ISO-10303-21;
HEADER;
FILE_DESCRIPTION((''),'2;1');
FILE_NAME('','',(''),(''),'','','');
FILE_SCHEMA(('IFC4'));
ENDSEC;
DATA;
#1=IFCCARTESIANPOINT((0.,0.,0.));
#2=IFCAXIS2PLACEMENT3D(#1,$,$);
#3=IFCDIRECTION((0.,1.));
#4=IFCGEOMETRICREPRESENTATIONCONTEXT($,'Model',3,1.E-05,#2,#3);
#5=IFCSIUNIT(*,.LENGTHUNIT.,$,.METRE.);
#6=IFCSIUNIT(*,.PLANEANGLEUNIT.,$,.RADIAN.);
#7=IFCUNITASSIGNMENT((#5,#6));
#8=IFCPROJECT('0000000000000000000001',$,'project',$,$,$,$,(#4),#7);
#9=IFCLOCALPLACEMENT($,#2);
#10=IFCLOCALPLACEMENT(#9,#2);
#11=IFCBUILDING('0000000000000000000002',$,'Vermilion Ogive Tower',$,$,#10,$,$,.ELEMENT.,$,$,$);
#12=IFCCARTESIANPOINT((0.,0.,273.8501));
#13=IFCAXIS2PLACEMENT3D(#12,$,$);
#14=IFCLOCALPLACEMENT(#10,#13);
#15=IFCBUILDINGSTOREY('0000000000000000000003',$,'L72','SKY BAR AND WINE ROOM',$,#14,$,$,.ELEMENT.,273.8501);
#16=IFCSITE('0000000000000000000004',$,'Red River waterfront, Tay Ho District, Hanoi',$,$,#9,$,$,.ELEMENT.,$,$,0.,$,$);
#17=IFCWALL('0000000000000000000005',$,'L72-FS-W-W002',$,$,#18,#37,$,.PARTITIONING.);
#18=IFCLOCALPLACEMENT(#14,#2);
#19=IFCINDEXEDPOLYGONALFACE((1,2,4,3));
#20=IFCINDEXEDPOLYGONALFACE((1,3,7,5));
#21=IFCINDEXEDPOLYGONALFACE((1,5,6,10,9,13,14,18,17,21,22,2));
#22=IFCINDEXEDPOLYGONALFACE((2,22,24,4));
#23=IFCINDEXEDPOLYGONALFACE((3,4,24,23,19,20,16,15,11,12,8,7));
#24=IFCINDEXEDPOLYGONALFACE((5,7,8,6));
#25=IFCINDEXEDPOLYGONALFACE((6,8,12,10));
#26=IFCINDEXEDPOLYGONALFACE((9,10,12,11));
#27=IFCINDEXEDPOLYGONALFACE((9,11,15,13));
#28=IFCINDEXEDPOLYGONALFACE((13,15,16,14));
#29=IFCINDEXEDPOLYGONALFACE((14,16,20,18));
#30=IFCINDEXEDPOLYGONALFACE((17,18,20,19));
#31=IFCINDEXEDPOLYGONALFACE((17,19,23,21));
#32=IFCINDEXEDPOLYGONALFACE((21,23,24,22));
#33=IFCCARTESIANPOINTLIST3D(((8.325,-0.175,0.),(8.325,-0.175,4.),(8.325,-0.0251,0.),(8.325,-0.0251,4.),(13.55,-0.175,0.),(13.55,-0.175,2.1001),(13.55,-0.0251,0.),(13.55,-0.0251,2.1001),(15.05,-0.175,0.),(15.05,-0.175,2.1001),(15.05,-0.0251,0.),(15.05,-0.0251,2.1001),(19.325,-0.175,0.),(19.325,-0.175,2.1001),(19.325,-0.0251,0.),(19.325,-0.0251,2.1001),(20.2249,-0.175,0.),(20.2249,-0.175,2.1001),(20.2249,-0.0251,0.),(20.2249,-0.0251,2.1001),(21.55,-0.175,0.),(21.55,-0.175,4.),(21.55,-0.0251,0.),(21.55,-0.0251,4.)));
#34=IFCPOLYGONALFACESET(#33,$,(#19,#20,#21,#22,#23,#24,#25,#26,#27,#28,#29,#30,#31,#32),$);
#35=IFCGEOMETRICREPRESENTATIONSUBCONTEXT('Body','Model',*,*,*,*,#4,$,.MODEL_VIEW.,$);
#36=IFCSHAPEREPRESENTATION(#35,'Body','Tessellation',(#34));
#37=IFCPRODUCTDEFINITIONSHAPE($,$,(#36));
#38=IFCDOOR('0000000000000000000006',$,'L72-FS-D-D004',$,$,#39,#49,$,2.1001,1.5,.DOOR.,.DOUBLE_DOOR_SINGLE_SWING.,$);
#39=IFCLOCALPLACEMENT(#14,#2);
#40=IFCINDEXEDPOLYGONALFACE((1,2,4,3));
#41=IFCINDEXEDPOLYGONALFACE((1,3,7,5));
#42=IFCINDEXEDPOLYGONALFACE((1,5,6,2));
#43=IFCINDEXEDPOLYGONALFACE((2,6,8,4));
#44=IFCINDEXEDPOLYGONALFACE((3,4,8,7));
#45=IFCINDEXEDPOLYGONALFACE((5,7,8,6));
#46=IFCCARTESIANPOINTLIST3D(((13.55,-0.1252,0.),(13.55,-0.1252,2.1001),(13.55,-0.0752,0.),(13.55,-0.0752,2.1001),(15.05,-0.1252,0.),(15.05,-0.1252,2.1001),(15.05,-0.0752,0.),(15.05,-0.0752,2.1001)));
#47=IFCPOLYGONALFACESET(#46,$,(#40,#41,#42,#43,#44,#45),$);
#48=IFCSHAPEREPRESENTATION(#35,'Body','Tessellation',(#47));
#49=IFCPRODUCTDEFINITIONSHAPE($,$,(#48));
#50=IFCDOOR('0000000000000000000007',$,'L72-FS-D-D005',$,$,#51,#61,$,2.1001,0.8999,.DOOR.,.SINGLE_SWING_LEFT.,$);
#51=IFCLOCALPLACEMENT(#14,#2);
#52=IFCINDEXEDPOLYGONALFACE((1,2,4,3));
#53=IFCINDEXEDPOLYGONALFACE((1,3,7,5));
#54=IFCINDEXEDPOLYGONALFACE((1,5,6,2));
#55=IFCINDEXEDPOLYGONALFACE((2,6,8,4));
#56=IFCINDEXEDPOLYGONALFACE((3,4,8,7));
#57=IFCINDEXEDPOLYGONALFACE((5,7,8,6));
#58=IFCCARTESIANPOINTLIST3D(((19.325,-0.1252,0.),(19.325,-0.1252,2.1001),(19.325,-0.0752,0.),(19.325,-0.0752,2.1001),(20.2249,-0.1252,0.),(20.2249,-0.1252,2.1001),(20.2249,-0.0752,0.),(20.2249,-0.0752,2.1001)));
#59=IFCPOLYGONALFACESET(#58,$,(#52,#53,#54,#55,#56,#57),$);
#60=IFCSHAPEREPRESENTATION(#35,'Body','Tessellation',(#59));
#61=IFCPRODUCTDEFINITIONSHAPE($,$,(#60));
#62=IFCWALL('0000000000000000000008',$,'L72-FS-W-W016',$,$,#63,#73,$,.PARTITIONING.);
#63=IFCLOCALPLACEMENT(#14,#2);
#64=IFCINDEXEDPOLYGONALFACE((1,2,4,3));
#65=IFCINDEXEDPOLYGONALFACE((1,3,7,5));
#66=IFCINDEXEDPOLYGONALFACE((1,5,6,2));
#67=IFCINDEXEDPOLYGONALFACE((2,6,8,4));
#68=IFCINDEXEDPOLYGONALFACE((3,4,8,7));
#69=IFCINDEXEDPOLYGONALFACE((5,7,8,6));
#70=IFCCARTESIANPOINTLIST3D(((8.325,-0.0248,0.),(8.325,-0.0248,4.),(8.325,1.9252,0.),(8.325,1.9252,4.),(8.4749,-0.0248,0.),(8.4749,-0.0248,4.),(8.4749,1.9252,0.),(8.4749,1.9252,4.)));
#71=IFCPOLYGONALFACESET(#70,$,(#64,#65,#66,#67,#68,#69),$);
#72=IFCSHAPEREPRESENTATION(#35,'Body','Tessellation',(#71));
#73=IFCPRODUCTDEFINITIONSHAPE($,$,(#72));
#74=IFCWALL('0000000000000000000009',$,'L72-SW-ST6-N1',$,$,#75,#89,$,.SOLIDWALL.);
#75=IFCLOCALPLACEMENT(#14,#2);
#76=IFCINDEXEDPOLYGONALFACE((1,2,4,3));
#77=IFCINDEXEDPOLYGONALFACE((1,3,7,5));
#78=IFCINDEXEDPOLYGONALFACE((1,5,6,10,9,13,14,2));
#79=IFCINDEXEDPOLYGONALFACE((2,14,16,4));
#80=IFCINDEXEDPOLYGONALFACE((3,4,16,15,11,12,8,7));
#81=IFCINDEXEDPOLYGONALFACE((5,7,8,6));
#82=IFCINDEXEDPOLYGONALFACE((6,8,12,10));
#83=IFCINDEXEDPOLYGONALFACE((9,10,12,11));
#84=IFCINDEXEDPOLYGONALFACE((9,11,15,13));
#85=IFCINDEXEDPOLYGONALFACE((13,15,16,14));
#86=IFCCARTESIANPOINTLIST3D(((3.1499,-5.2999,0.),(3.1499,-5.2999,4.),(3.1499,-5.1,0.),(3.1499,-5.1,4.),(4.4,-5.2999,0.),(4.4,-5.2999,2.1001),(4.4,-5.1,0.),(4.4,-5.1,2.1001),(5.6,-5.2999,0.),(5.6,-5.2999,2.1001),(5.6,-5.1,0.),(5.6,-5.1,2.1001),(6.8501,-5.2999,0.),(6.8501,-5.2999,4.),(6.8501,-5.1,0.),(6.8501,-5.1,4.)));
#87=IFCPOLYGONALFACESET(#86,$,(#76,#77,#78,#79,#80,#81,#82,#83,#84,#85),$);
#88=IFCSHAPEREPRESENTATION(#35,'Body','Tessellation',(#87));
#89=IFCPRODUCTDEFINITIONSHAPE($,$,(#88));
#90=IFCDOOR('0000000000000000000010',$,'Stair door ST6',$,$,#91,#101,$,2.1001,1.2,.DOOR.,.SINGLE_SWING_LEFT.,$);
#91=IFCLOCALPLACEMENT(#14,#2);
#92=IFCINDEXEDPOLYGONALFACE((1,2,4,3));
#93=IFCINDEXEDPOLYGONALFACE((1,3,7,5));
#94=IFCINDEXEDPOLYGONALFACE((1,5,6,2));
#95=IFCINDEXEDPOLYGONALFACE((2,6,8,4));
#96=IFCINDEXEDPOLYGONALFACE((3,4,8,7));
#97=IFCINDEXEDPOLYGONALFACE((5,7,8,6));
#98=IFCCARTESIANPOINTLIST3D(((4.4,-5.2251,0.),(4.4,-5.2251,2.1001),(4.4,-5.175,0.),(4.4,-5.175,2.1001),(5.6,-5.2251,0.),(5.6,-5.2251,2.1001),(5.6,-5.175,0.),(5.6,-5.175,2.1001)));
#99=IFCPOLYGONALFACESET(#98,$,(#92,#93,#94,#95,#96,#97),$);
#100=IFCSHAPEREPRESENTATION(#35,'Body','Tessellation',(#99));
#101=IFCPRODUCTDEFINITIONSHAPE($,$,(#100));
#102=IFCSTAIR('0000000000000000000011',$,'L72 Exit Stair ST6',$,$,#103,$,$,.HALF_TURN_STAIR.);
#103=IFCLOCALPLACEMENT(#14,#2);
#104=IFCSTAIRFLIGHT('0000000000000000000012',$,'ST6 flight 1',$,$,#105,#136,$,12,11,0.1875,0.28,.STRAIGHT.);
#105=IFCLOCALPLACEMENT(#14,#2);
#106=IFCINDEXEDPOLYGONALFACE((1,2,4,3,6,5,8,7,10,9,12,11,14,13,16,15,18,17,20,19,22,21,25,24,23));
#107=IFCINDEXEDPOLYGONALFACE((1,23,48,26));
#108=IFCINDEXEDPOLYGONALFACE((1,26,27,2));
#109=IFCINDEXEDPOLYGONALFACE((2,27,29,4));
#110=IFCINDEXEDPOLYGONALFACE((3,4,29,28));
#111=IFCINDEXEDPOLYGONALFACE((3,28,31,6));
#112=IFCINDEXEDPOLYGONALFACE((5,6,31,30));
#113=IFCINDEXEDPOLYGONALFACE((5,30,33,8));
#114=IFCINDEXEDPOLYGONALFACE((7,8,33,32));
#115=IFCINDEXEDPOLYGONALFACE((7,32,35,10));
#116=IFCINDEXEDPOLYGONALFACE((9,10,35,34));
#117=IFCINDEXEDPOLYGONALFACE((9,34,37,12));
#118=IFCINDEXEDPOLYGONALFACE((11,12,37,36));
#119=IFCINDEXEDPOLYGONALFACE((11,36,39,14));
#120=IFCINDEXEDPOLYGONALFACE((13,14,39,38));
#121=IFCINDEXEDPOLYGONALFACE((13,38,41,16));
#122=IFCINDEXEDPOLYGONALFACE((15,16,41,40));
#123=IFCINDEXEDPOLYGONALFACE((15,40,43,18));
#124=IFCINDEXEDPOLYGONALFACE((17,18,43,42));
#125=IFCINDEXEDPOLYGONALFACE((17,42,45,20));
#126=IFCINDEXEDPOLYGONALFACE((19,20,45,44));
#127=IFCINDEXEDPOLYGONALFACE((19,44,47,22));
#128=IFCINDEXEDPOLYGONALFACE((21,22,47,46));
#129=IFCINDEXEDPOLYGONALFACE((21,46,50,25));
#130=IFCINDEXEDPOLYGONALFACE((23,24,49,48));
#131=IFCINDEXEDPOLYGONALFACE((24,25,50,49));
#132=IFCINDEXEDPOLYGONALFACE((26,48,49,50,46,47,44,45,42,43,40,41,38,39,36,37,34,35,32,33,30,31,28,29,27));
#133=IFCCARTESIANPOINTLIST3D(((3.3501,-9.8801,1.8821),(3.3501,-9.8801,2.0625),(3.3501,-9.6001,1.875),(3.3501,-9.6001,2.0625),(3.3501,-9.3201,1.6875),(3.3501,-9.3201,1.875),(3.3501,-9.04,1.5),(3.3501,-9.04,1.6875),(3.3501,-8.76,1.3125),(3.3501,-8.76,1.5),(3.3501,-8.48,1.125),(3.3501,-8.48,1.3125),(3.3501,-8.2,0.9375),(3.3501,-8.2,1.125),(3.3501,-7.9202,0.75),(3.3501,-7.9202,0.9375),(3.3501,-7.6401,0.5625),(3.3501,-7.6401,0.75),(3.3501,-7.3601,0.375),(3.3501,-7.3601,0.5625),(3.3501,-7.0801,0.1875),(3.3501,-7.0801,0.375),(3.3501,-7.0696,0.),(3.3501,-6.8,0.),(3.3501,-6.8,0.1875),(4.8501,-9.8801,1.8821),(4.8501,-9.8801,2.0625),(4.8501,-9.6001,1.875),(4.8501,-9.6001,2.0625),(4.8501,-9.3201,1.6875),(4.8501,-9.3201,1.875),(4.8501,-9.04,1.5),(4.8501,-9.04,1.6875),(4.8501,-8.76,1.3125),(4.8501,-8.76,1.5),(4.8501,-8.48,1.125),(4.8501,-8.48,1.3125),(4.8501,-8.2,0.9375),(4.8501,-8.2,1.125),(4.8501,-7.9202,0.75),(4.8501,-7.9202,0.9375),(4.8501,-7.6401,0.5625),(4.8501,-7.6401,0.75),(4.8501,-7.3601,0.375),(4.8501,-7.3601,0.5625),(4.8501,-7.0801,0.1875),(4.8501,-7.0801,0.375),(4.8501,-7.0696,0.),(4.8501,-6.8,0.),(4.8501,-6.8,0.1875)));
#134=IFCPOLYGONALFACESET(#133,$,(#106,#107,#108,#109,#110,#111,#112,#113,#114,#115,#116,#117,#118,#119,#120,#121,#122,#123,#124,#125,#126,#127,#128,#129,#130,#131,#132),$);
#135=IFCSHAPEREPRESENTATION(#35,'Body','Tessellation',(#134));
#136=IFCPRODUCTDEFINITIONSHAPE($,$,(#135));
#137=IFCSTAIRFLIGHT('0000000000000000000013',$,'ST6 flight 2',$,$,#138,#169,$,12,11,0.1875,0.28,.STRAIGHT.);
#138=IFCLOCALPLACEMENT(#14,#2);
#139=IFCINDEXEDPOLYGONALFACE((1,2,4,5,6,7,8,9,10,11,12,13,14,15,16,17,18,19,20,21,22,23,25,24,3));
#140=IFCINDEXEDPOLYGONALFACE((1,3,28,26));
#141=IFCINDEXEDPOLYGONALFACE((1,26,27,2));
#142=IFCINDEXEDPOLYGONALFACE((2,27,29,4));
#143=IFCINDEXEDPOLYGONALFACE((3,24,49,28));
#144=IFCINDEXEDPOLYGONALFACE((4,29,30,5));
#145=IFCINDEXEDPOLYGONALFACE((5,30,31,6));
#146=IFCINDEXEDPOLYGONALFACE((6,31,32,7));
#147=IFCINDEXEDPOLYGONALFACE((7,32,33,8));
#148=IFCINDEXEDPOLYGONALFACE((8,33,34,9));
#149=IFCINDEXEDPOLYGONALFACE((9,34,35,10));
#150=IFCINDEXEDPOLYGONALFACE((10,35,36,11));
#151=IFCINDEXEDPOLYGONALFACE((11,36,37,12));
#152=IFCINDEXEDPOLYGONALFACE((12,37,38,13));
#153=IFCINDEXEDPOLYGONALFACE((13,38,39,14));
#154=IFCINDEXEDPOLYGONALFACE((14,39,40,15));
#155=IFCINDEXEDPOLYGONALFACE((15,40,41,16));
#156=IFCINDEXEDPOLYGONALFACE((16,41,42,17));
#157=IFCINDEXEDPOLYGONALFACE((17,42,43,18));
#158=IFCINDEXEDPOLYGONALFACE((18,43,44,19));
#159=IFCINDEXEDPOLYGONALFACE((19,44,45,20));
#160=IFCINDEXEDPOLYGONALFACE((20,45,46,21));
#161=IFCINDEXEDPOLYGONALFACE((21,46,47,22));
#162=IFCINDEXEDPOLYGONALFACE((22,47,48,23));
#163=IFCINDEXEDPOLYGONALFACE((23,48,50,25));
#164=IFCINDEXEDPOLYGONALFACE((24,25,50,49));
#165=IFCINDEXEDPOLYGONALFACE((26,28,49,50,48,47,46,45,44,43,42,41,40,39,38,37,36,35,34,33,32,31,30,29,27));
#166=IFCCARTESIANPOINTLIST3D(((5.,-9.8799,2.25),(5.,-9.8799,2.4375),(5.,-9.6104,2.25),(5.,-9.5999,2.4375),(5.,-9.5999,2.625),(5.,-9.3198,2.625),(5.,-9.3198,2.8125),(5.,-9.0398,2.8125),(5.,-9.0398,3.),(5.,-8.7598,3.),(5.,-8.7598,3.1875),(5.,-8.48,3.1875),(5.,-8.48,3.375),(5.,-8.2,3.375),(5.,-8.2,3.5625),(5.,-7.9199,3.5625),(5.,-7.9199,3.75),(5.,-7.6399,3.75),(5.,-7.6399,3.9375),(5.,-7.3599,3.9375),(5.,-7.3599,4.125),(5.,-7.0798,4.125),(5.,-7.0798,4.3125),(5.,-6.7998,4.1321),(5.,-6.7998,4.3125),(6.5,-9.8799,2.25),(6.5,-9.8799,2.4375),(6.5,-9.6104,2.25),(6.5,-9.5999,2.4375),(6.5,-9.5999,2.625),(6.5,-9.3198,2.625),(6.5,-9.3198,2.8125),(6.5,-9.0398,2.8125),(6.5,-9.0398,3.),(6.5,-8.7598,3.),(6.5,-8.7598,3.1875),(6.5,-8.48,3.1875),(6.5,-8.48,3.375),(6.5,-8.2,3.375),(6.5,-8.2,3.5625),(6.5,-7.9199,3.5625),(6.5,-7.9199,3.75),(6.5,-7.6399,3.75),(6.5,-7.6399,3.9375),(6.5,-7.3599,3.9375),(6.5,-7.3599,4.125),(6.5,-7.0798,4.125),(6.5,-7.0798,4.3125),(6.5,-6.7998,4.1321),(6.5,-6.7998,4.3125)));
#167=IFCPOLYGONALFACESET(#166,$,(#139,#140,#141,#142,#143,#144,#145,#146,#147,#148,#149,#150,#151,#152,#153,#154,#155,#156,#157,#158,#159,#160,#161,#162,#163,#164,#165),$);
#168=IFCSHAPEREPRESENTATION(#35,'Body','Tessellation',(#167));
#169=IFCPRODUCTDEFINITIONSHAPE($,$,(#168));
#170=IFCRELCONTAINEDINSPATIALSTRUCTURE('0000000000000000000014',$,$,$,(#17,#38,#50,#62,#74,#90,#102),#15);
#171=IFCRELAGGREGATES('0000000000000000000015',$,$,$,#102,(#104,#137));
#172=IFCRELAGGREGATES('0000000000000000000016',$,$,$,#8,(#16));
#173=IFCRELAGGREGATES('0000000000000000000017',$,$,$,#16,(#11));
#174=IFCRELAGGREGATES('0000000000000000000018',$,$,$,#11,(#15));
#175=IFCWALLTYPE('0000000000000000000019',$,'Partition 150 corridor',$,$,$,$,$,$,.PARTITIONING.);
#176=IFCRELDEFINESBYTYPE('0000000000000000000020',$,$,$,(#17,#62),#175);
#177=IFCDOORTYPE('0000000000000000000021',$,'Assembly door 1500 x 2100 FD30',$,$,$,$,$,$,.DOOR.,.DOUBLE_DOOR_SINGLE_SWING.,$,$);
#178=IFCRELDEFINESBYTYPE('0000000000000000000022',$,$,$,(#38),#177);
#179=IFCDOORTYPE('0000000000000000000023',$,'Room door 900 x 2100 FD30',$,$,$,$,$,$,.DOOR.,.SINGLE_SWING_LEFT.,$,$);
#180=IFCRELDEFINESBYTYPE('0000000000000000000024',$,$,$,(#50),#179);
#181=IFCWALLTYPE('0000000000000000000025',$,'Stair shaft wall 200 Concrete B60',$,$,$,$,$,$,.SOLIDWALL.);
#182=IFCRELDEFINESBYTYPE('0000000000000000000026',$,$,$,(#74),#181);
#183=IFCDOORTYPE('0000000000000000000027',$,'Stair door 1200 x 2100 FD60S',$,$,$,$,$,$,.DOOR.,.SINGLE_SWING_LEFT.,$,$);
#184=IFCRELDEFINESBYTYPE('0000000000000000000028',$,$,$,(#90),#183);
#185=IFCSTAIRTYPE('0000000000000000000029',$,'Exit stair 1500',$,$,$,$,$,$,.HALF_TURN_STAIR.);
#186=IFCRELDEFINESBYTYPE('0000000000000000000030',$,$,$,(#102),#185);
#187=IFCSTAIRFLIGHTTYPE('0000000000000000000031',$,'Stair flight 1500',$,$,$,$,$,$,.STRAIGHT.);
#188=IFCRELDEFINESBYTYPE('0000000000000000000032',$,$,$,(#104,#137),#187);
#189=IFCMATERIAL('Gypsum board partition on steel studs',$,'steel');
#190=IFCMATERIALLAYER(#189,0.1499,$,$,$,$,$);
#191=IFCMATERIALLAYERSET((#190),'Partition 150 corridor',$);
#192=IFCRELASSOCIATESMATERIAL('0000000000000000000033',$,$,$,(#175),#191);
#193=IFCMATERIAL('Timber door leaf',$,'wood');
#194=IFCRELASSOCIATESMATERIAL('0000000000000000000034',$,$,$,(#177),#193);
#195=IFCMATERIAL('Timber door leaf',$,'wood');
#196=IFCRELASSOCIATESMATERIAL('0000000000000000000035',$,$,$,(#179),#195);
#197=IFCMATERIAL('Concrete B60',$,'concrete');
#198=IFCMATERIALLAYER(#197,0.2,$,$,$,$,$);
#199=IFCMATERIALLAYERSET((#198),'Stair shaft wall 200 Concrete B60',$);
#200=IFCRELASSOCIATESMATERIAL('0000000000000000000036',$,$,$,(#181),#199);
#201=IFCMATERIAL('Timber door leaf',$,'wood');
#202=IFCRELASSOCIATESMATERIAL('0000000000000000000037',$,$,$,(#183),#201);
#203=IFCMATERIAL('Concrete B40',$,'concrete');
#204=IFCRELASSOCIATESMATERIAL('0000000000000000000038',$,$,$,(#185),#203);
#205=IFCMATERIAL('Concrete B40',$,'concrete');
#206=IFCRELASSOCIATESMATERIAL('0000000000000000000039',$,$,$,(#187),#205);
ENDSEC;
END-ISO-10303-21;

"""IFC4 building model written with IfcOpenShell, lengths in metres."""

from ifc_helpers import new_model, si_unit, direction, frame, frame_2d, origin, place, context, subcontext, project, spatial, polyline, rectangle, outline, extrude, material, layer, layer_set, type_object, element, fill, aggregate, save


model = new_model("IFC4")

# Units and contexts
model_context = context("Model", 3, precision=1e-05, world=origin(), true_north=direction((0.0, 1.0)))
body_context = subcontext(model_context, "Body", "Model", "MODEL_VIEW")
ifc_project = project(units=[si_unit("LENGTHUNIT", "METRE"), si_unit("PLANEANGLEUNIT", "RADIAN")], contexts=[model_context])

# Site, building, storey
site_placement = place(None, origin())
site = spatial("IfcSite", under=ifc_project, at=site_placement, Name="Red River waterfront, Tay Ho District, Hanoi", CompositionType="ELEMENT", RefElevation=0.0)
building_placement = place(site_placement, origin())
building = spatial("IfcBuilding", under=site, at=building_placement, Name="Vermilion Ogive Tower", CompositionType="ELEMENT")
storey_placement = place(building_placement, frame((0.0, 0.0, 273.8501)))
storey = spatial("IfcBuildingStorey", under=building, at=storey_placement, Name="L72", Description="SKY BAR AND WINE ROOM", CompositionType="ELEMENT", Elevation=273.8501)

# Wall, openings, doors
ifc_material_1 = material(Name="Gypsum board partition on steel studs", Category="steel")
ifc_layer_1 = layer(ifc_material_1, 0.1499)
ifc_layer_set_1 = layer_set([ifc_layer_1], Name="Partition 150 corridor")
wall_type_1 = type_object("IfcWallType", Name="Partition 150 corridor", PredefinedType="PARTITIONING", material=ifc_layer_set_1)
wall_1_placement = place(storey_placement, frame((8.325, -0.1001, 0.0), z_axis=(0.0, 0.0, 1.0), x_axis=(1.0, 0.0, 0.0)))
wall_1 = element("IfcWall", 1, at=wall_1_placement, inside=storey, type_object=wall_type_1, Name="L72-FS-W-W002", PredefinedType="PARTITIONING", context=body_context, shape_type="SweptSolid", body=[
    extrude(rectangle(XDim=13.2251, YDim=0.1499, at=frame_2d((6.6125, 0.0))), origin(), (0.0, 0.0, 1.0), 4.0),
])
opening_1_placement = place(wall_1_placement, frame((5.2251, 0.0, 0.0)))
opening_1 = element("IfcOpeningElement", 2, at=opening_1_placement, cuts=wall_1, PredefinedType="OPENING", context=body_context, shape_type="SweptSolid", body=[
    extrude(rectangle(XDim=1.5, YDim=2.1001, at=frame_2d((0.75, 1.05))), frame((0.0, 0.085, 0.0), z_axis=(0.0, -1.0, 0.0), x_axis=(1.0, 0.0, 0.0)), (0.0, 0.0, 1.0), 0.1699),
])
opening_2_placement = place(wall_1_placement, frame((11.0, 0.0, 0.0)))
opening_2 = element("IfcOpeningElement", 3, at=opening_2_placement, cuts=wall_1, PredefinedType="OPENING", context=body_context, shape_type="SweptSolid", body=[
    extrude(rectangle(XDim=0.8999, YDim=2.1001, at=frame_2d((0.45, 1.05))), frame((0.0, 0.085, 0.0), z_axis=(0.0, -1.0, 0.0), x_axis=(1.0, 0.0, 0.0)), (0.0, 0.0, 1.0), 0.1699),
])
ifc_material_2 = material(Name="Timber door leaf", Category="wood")
door_type_1 = type_object("IfcDoorType", Name="Assembly door 1500 x 2100 FD30", OperationType="DOUBLE_DOOR_SINGLE_SWING", PredefinedType="DOOR", material=ifc_material_2)
door_1_placement = place(opening_1_placement, origin())
door_1 = element("IfcDoor", 4, at=door_1_placement, inside=storey, type_object=door_type_1, Name="L72-FS-D-D004", OperationType="DOUBLE_DOOR_SINGLE_SWING", OverallHeight=2.1001, OverallWidth=1.5, PredefinedType="DOOR", context=body_context, shape_type="SweptSolid", body=[
    extrude(rectangle(XDim=1.5, YDim=2.1001, at=frame_2d((0.75, 1.05))), frame((0.0, 0.0249, 0.0), z_axis=(0.0, -1.0, 0.0), x_axis=(1.0, 0.0, 0.0)), (0.0, 0.0, 1.0), 0.05),
])
fill(opening_1, door_1)
ifc_material_3 = material(Name="Timber door leaf", Category="wood")
door_type_2 = type_object("IfcDoorType", Name="Room door 900 x 2100 FD30", OperationType="SINGLE_SWING_LEFT", PredefinedType="DOOR", material=ifc_material_3)
door_2_placement = place(opening_2_placement, origin())
door_2 = element("IfcDoor", 5, at=door_2_placement, inside=storey, type_object=door_type_2, Name="L72-FS-D-D005", OperationType="SINGLE_SWING_LEFT", OverallHeight=2.1001, OverallWidth=0.8999, PredefinedType="DOOR", context=body_context, shape_type="SweptSolid", body=[
    extrude(rectangle(XDim=0.8999, YDim=2.1001, at=frame_2d((0.45, 1.05))), frame((0.0, 0.0249, 0.0), z_axis=(0.0, -1.0, 0.0), x_axis=(1.0, 0.0, 0.0)), (0.0, 0.0, 1.0), 0.05),
])
fill(opening_2, door_2)

# Wall
wall_2_placement = place(storey_placement, frame((8.3999, -0.0249, 0.0), z_axis=(0.0, 0.0, 1.0), x_axis=(0.0, 1.0, 0.0)))
element("IfcWall", 6, at=wall_2_placement, inside=storey, type_object=wall_type_1, Name="L72-FS-W-W016", PredefinedType="PARTITIONING", context=body_context, shape_type="SweptSolid", body=[
    extrude(rectangle(XDim=1.95, YDim=0.1499, at=frame_2d((0.9751, 0.0))), origin(), (0.0, 0.0, 1.0), 4.0),
])

# Wall, opening, door
ifc_material_4 = material(Name="Concrete B60", Category="concrete")
ifc_layer_2 = layer(ifc_material_4, 0.2)
ifc_layer_set_2 = layer_set([ifc_layer_2], Name="Stair shaft wall 200 Concrete B60")
wall_type_2 = type_object("IfcWallType", Name="Stair shaft wall 200 Concrete B60", PredefinedType="SOLIDWALL", material=ifc_layer_set_2)
wall_3_placement = place(storey_placement, frame((3.1499, -5.2, 0.0), z_axis=(0.0, 0.0, 1.0), x_axis=(1.0, 0.0, 0.0)))
wall_3 = element("IfcWall", 7, at=wall_3_placement, inside=storey, type_object=wall_type_2, Name="L72-SW-ST6-N1", PredefinedType="SOLIDWALL", context=body_context, shape_type="SweptSolid", body=[
    extrude(rectangle(XDim=3.7002, YDim=0.2, at=frame_2d((1.8501, 0.0))), origin(), (0.0, 0.0, 1.0), 4.0),
])
opening_3_placement = place(wall_3_placement, frame((1.25, 0.0, 0.0)))
opening_3 = element("IfcOpeningElement", 8, at=opening_3_placement, cuts=wall_3, PredefinedType="OPENING", context=body_context, shape_type="SweptSolid", body=[
    extrude(rectangle(XDim=1.2, YDim=2.1001, at=frame_2d((0.6001, 1.05))), frame((0.0, 0.1099, 0.0), z_axis=(0.0, -1.0, 0.0), x_axis=(1.0, 0.0, 0.0)), (0.0, 0.0, 1.0), 0.22),
])
ifc_material_5 = material(Name="Timber door leaf", Category="wood")
door_type_3 = type_object("IfcDoorType", Name="Stair door 1200 x 2100 FD60S", OperationType="SINGLE_SWING_LEFT", PredefinedType="DOOR", material=ifc_material_5)
door_3_placement = place(opening_3_placement, origin())
door_3 = element("IfcDoor", 9, at=door_3_placement, inside=storey, type_object=door_type_3, Name="Stair door ST6", OperationType="SINGLE_SWING_LEFT", OverallHeight=2.1001, OverallWidth=1.2, PredefinedType="DOOR", context=body_context, shape_type="SweptSolid", body=[
    extrude(rectangle(XDim=1.2, YDim=2.1001, at=frame_2d((0.6001, 1.05))), frame((0.0, 0.0249, 0.0), z_axis=(0.0, -1.0, 0.0), x_axis=(1.0, 0.0, 0.0)), (0.0, 0.0, 1.0), 0.05),
])
fill(opening_3, door_3)

# Stair, stair flights
ifc_material_6 = material(Name="Concrete B40", Category="concrete")
stair_type = type_object("IfcStairType", Name="Exit stair 1500", PredefinedType="HALF_TURN_STAIR", material=ifc_material_6)
stair_placement = place(storey_placement, origin())
stair = element("IfcStair", 10, at=stair_placement, inside=storey, type_object=stair_type, Name="L72 Exit Stair ST6", PredefinedType="HALF_TURN_STAIR")
ifc_material_7 = material(Name="Concrete B40", Category="concrete")
stair_flight_type = type_object("IfcStairFlightType", Name="Stair flight 1500", PredefinedType="STRAIGHT", material=ifc_material_7)
stair_flight_1_placement = place(storey_placement, frame((4.1001, -6.8, 0.0), z_axis=(0.0, 0.0, 1.0), x_axis=(0.0, -1.0, 0.0)))
stair_flight_1 = element("IfcStairFlight", 11, at=stair_flight_1_placement, type_object=stair_flight_type, Name="ST6 flight 1", NumberOfRisers=12, NumberOfTreads=11, PredefinedType="STRAIGHT", RiserHeight=0.1875, TreadLength=0.28, context=body_context, shape_type="SweptSolid", body=[
    extrude(outline(polyline([(0.0, 0.0), (0.0, 0.1875), (0.28, 0.1875), (0.28, 0.375), (0.5601, 0.375), (0.5601, 0.5625), (0.8401, 0.5625), (0.8401, 0.75), (1.1201, 0.75), (1.1201, 0.9375), (1.3999, 0.9375), (1.3999, 1.125), (1.6799, 1.125), (1.6799, 1.3125), (1.96, 1.3125), (1.96, 1.5), (2.24, 1.5), (2.24, 1.6875), (2.52, 1.6875), (2.52, 1.875), (2.8, 1.875), (2.8, 2.0625), (3.0801, 2.0625), (3.0801, 2.25), (3.0801, 1.8821), (0.2695, 0.0), (0.0, 0.0)])), frame((0.0, 0.75, 0.0), z_axis=(0.0, -1.0, 0.0), x_axis=(1.0, 0.0, 0.0)), (0.0, 0.0, 1.0), 1.5),
])
stair_flight_2_placement = place(storey_placement, frame((5.75, -9.8799, 2.25), z_axis=(0.0, 0.0, 1.0), x_axis=(0.0, 1.0, 0.0)))
stair_flight_2 = element("IfcStairFlight", 12, at=stair_flight_2_placement, type_object=stair_flight_type, Name="ST6 flight 2", NumberOfRisers=12, NumberOfTreads=11, PredefinedType="STRAIGHT", RiserHeight=0.1875, TreadLength=0.28, context=body_context, shape_type="SweptSolid", body=[
    extrude(outline(polyline([(0.0, 0.0), (0.0, 0.1875), (0.28, 0.1875), (0.28, 0.375), (0.5601, 0.375), (0.5601, 0.5625), (0.8401, 0.5625), (0.8401, 0.75), (1.1201, 0.75), (1.1201, 0.9375), (1.3999, 0.9375), (1.3999, 1.125), (1.6799, 1.125), (1.6799, 1.3125), (1.96, 1.3125), (1.96, 1.5), (2.24, 1.5), (2.24, 1.6875), (2.52, 1.6875), (2.52, 1.875), (2.8, 1.875), (2.8, 2.0625), (3.0801, 2.0625), (3.0801, 2.25), (3.0801, 1.8821), (0.2695, 0.0), (0.0, 0.0)])), frame((0.0, 0.75, 0.0), z_axis=(0.0, -1.0, 0.0), x_axis=(1.0, 0.0, 0.0)), (0.0, 0.0, 1.0), 1.5),
])
aggregate(stair, [stair_flight_1, stair_flight_2])

save(model, "model.ifc")
